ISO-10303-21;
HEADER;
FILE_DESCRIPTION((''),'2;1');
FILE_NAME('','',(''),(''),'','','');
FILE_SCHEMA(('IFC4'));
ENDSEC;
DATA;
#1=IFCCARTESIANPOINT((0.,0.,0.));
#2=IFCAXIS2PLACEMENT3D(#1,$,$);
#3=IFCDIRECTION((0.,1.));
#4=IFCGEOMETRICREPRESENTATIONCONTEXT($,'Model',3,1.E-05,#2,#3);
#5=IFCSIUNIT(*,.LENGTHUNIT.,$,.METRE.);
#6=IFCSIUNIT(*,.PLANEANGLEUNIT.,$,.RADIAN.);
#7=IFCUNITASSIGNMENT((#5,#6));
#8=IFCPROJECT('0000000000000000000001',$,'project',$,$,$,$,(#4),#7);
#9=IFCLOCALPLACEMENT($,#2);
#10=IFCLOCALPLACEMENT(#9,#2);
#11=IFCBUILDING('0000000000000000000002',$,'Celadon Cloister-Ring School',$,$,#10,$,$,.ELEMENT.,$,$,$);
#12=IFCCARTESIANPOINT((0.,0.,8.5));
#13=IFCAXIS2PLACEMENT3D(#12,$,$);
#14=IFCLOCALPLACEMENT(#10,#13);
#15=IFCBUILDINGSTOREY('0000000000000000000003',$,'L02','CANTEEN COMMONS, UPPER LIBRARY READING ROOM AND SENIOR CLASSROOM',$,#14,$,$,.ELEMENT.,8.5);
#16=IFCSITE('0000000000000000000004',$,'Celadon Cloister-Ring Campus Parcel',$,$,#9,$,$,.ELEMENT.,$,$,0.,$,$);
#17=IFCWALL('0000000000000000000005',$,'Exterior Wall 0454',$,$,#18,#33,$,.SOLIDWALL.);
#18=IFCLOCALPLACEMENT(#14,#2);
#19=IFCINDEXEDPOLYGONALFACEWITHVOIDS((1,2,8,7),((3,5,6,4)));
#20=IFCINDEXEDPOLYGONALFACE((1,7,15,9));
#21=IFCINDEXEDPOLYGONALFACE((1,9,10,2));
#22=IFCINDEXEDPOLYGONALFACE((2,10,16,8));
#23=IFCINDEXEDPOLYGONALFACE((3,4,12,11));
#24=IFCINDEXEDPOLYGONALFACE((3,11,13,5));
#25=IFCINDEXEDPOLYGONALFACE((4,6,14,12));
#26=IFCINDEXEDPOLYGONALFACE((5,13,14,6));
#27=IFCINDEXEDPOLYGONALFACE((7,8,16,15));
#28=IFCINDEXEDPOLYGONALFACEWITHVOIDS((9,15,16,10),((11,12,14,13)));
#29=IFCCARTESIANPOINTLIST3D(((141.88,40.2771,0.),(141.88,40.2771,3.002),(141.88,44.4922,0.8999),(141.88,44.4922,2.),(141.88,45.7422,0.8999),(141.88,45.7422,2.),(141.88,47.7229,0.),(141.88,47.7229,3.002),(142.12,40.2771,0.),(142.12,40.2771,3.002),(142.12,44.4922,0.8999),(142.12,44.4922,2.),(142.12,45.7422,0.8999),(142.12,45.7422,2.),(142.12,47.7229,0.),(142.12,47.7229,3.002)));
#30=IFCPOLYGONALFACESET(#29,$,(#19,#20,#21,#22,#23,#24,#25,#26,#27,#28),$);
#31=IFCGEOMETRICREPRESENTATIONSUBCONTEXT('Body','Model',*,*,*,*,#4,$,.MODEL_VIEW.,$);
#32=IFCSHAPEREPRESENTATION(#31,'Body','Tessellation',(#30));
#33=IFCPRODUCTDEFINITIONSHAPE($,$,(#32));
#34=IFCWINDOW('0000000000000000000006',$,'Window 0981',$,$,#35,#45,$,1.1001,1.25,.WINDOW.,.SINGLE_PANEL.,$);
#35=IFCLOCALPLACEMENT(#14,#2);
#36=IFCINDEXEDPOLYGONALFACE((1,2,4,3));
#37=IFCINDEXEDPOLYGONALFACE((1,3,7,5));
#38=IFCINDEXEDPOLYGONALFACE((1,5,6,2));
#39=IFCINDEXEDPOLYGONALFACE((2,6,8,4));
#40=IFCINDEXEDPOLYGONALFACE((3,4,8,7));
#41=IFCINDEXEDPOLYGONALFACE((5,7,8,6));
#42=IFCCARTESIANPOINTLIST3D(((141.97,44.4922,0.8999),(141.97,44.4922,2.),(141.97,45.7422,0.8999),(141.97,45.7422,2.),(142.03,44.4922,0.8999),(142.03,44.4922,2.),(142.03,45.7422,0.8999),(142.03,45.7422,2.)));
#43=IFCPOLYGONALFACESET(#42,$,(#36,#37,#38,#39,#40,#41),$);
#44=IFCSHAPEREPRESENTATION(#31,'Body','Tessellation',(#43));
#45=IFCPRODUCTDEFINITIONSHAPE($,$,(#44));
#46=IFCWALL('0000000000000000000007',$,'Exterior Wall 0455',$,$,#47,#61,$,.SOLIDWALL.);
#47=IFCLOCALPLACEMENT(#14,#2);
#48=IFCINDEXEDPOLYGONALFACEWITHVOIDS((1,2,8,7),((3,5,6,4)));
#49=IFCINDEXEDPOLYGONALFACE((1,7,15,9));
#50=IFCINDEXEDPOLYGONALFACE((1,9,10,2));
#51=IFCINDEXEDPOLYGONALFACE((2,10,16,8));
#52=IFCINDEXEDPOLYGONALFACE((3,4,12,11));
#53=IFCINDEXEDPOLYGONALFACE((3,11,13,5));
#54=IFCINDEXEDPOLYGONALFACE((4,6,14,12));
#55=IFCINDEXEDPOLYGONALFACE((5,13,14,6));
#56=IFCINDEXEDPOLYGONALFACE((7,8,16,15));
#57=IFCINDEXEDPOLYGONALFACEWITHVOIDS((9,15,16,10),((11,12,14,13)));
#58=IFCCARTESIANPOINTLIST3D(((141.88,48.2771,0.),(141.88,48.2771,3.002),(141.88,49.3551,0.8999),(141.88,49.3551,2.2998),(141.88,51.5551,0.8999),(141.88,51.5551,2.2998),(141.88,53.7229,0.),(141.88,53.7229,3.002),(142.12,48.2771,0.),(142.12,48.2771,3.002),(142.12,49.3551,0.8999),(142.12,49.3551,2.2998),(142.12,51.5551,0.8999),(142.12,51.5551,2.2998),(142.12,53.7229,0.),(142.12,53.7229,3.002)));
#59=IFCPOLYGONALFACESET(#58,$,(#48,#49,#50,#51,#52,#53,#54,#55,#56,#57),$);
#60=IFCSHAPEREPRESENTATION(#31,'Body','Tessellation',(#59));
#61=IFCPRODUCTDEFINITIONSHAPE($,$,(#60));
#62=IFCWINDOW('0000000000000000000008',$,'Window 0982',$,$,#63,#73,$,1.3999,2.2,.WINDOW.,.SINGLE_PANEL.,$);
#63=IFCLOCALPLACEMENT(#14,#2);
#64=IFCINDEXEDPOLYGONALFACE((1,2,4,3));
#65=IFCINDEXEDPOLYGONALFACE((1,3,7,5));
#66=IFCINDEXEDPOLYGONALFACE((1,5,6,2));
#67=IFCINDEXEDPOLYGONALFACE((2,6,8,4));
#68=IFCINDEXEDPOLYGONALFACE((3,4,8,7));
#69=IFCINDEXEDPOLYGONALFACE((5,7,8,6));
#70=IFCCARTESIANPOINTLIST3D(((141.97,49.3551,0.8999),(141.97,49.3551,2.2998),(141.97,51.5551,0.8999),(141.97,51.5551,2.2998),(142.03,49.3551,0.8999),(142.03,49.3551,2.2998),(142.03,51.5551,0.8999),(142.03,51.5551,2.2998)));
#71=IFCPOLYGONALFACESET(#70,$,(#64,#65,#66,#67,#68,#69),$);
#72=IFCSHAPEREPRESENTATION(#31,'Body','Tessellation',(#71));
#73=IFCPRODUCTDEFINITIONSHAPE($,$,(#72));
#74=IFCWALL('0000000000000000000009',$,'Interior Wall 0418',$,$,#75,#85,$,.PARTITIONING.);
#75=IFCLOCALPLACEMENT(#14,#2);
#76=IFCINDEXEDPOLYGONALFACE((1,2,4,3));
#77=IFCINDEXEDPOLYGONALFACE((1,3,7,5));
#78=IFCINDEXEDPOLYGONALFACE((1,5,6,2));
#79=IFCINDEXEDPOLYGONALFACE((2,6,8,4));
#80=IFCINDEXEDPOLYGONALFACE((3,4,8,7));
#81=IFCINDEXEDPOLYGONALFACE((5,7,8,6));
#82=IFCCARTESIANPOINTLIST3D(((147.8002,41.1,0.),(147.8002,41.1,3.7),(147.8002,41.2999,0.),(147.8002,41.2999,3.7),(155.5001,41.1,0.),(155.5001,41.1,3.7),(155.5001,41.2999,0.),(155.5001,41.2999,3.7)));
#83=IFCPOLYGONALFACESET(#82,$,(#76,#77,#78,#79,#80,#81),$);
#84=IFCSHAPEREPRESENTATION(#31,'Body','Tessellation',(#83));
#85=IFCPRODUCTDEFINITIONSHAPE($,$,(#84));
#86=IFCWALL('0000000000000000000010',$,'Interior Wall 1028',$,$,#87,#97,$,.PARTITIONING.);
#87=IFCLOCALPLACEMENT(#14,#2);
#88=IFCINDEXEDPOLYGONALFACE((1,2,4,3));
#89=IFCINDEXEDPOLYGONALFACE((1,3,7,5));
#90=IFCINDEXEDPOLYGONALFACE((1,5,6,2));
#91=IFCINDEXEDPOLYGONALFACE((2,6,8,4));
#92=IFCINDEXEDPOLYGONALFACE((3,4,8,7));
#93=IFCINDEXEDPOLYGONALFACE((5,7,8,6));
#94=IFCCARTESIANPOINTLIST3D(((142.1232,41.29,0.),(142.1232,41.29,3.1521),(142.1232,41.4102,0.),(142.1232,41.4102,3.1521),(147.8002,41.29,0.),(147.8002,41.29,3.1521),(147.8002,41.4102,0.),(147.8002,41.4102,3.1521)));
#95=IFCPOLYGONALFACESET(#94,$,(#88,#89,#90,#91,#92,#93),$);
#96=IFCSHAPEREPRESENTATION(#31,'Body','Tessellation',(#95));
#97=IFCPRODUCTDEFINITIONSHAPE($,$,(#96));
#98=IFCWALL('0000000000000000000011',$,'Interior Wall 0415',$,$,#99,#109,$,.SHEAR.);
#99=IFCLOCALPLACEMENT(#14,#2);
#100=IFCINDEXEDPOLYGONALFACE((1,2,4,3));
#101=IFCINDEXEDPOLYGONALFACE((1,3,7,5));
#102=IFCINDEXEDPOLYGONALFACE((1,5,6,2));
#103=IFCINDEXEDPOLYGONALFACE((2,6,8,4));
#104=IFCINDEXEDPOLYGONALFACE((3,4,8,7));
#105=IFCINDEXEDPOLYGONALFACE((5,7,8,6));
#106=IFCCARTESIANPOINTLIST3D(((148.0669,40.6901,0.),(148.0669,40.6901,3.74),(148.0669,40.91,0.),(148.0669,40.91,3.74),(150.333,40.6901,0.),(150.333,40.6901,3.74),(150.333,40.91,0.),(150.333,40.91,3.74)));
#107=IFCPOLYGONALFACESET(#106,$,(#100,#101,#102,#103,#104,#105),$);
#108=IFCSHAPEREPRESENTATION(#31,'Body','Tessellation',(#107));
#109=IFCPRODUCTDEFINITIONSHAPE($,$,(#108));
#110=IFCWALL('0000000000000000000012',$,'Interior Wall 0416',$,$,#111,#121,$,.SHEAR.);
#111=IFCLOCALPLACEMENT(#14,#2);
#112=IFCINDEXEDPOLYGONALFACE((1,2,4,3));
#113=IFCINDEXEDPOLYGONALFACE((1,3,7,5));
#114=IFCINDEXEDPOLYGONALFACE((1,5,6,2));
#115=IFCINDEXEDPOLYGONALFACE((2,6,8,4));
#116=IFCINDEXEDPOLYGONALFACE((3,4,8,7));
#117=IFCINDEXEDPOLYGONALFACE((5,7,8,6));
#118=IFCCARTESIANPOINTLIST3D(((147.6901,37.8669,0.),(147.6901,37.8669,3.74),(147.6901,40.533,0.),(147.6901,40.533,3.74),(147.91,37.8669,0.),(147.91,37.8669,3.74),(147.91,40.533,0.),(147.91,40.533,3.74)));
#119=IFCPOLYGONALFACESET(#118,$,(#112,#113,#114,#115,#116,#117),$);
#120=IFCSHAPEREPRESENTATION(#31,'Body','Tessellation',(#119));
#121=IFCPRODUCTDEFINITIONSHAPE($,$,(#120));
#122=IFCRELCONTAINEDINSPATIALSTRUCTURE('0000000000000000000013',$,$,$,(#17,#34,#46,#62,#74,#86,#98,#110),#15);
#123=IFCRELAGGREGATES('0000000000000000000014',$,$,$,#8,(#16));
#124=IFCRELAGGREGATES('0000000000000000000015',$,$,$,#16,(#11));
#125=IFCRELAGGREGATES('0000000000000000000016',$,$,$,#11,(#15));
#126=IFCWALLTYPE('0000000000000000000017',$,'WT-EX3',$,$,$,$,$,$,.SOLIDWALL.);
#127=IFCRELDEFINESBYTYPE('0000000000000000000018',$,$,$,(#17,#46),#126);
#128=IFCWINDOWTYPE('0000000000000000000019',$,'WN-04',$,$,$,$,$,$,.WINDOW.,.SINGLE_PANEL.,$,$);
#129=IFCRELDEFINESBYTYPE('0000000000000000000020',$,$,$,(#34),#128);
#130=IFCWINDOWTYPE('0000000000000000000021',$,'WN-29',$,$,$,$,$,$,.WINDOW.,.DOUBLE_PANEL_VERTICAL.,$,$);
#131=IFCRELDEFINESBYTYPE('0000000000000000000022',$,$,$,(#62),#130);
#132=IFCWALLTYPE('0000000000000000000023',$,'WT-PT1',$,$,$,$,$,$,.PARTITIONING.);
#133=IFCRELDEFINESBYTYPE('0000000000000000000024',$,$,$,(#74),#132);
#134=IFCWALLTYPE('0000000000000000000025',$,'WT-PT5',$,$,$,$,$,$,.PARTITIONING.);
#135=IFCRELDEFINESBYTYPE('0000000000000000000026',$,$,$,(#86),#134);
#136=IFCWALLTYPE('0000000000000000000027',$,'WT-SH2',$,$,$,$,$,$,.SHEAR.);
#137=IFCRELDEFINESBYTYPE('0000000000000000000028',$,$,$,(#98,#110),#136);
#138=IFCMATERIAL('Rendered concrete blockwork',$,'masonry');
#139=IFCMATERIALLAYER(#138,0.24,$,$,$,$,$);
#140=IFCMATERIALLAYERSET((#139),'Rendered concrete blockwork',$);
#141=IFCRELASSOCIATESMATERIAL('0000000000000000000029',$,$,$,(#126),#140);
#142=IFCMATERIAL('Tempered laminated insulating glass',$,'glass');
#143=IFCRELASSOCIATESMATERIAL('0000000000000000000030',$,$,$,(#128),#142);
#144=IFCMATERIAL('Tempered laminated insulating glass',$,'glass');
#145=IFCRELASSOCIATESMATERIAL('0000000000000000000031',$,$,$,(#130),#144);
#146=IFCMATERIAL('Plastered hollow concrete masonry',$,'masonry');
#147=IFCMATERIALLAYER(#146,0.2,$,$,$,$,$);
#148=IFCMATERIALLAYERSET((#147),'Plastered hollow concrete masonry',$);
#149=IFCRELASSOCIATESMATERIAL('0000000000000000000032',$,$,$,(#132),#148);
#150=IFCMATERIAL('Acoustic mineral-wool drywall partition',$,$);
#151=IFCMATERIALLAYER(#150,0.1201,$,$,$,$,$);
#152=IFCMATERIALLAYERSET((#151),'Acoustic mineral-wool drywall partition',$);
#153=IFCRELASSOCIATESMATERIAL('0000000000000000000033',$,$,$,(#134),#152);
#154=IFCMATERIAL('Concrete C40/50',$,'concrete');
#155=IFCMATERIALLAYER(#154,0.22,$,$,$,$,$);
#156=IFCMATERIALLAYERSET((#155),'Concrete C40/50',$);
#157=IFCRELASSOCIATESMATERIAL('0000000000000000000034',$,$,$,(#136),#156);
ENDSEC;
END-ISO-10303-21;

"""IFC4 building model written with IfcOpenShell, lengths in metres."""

from ifc_helpers import new_model, si_unit, direction, frame, frame_2d, origin, place, context, subcontext, project, spatial, rectangle, extrude, material, layer, layer_set, type_object, element, fill, save


model = new_model("IFC4")

# Units and contexts
model_context = context("Model", 3, precision=1e-05, world=origin(), true_north=direction((0.0, 1.0)))
body_context = subcontext(model_context, "Body", "Model", "MODEL_VIEW")
ifc_project = project(units=[si_unit("LENGTHUNIT", "METRE"), si_unit("PLANEANGLEUNIT", "RADIAN")], contexts=[model_context])

# Site, building, storey
site_placement = place(None, origin())
site = spatial("IfcSite", under=ifc_project, at=site_placement, Name="Celadon Cloister-Ring Campus Parcel", CompositionType="ELEMENT", RefElevation=0.0)
building_placement = place(site_placement, origin())
building = spatial("IfcBuilding", under=site, at=building_placement, Name="Celadon Cloister-Ring School", CompositionType="ELEMENT")
storey_placement = place(building_placement, frame((0.0, 0.0, 8.5)))
storey = spatial("IfcBuildingStorey", under=building, at=storey_placement, Name="L02", Description="CANTEEN COMMONS, UPPER LIBRARY READING ROOM AND SENIOR CLASSROOM", CompositionType="ELEMENT", Elevation=8.5)

# Walls, openings, windows
ifc_material_1 = material(Name="Rendered concrete blockwork", Category="masonry")
ifc_layer_1 = layer(ifc_material_1, 0.24)
ifc_layer_set_1 = layer_set([ifc_layer_1], Name="Rendered concrete blockwork")
wall_type_1 = type_object("IfcWallType", Name="WT-EX3", PredefinedType="SOLIDWALL", material=ifc_layer_set_1)
wall_1_placement = place(storey_placement, frame((142.0, 40.2771, 0.0), z_axis=(0.0, 0.0, 1.0), x_axis=(0.0, 1.0, 0.0)))
wall_1 = element("IfcWall", 1, at=wall_1_placement, inside=storey, type_object=wall_type_1, Name="Exterior Wall 0454", PredefinedType="SOLIDWALL", context=body_context, shape_type="SweptSolid", body=[
    extrude(rectangle(XDim=7.4458, YDim=0.24, at=frame_2d((3.7229, 0.0))), origin(), (0.0, 0.0, 1.0), 3.002),
])
opening_1_placement = place(wall_1_placement, frame((4.2151, 0.0, 0.8999)))
opening_1 = element("IfcOpeningElement", 2, at=opening_1_placement, cuts=wall_1, PredefinedType="OPENING", context=body_context, shape_type="SweptSolid", body=[
    extrude(rectangle(XDim=1.25, YDim=1.1001, at=frame_2d((0.625, 0.55))), frame((0.0, 0.1299, 0.0), z_axis=(0.0, -1.0, 0.0), x_axis=(1.0, 0.0, 0.0)), (0.0, 0.0, 1.0), 0.26),
])
ifc_material_2 = material(Name="Tempered laminated insulating glass", Category="glass")
window_type_1 = type_object("IfcWindowType", Name="WN-04", PartitioningType="SINGLE_PANEL", PredefinedType="WINDOW", material=ifc_material_2)
window_1_placement = place(opening_1_placement, origin())
window_1 = element("IfcWindow", 3, at=window_1_placement, inside=storey, type_object=window_type_1, Name="Window 0981", OverallHeight=1.1001, OverallWidth=1.25, PartitioningType="SINGLE_PANEL", PredefinedType="WINDOW", context=body_context, shape_type="SweptSolid", body=[
    extrude(rectangle(XDim=1.25, YDim=1.1001, at=frame_2d((0.625, 0.55))), frame((0.0, 0.03, 0.0), z_axis=(0.0, -1.0, 0.0), x_axis=(1.0, 0.0, 0.0)), (0.0, 0.0, 1.0), 0.0601),
])
fill(opening_1, window_1)
wall_2_placement = place(storey_placement, frame((142.0, 48.2771, 0.0), z_axis=(0.0, 0.0, 1.0), x_axis=(0.0, 1.0, 0.0)))
wall_2 = element("IfcWall", 4, at=wall_2_placement, inside=storey, type_object=wall_type_1, Name="Exterior Wall 0455", PredefinedType="SOLIDWALL", context=body_context, shape_type="SweptSolid", body=[
    extrude(rectangle(XDim=5.4458, YDim=0.24, at=frame_2d((2.7229, 0.0))), origin(), (0.0, 0.0, 1.0), 3.002),
])
opening_2_placement = place(wall_2_placement, frame((1.0779, 0.0, 0.8999)))
opening_2 = element("IfcOpeningElement", 5, at=opening_2_placement, cuts=wall_2, PredefinedType="OPENING", context=body_context, shape_type="SweptSolid", body=[
    extrude(rectangle(XDim=2.2, YDim=1.3999, at=frame_2d((1.1001, 0.7))), frame((0.0, 0.1299, 0.0), z_axis=(0.0, -1.0, 0.0), x_axis=(1.0, 0.0, 0.0)), (0.0, 0.0, 1.0), 0.26),
])
ifc_material_3 = material(Name="Tempered laminated insulating glass", Category="glass")
window_type_2 = type_object("IfcWindowType", Name="WN-29", PartitioningType="DOUBLE_PANEL_VERTICAL", PredefinedType="WINDOW", material=ifc_material_3)
window_2_placement = place(opening_2_placement, origin())
window_2 = element("IfcWindow", 6, at=window_2_placement, inside=storey, type_object=window_type_2, Name="Window 0982", OverallHeight=1.3999, OverallWidth=2.2, PartitioningType="SINGLE_PANEL", PredefinedType="WINDOW", context=body_context, shape_type="SweptSolid", body=[
    extrude(rectangle(XDim=2.2, YDim=1.3999, at=frame_2d((1.1001, 0.7))), frame((0.0, 0.03, 0.0), z_axis=(0.0, -1.0, 0.0), x_axis=(1.0, 0.0, 0.0)), (0.0, 0.0, 1.0), 0.0601),
])
fill(opening_2, window_2)

# Walls
ifc_material_4 = material(Name="Plastered hollow concrete masonry", Category="masonry")
ifc_layer_2 = layer(ifc_material_4, 0.2)
ifc_layer_set_2 = layer_set([ifc_layer_2], Name="Plastered hollow concrete masonry")
wall_type_2 = type_object("IfcWallType", Name="WT-PT1", PredefinedType="PARTITIONING", material=ifc_layer_set_2)
wall_3_placement = place(storey_placement, frame((147.8, 41.2, 0.0), z_axis=(0.0, 0.0, 1.0), x_axis=(1.0, 0.0, 0.0)))
element("IfcWall", 7, at=wall_3_placement, inside=storey, type_object=wall_type_2, Name="Interior Wall 0418", PredefinedType="PARTITIONING", context=body_context, shape_type="SweptSolid", body=[
    extrude(rectangle(XDim=7.7, YDim=0.2, at=frame_2d((3.8501, 0.0))), origin(), (0.0, 0.0, 1.0), 3.7),
])
ifc_material_5 = material(Name="Acoustic mineral-wool drywall partition")
ifc_layer_3 = layer(ifc_material_5, 0.1201)
ifc_layer_set_3 = layer_set([ifc_layer_3], Name="Acoustic mineral-wool drywall partition")
wall_type_3 = type_object("IfcWallType", Name="WT-PT5", PredefinedType="PARTITIONING", material=ifc_layer_set_3)
wall_4_placement = place(storey_placement, frame((147.8, 41.3501, 0.0), z_axis=(0.0, 0.0, 1.0), x_axis=(-1.0, 0.0, 0.0)))
element("IfcWall", 8, at=wall_4_placement, inside=storey, type_object=wall_type_3, Name="Interior Wall 1028", PredefinedType="PARTITIONING", context=body_context, shape_type="SweptSolid", body=[
    extrude(rectangle(XDim=5.677, YDim=0.1201, at=frame_2d((2.8384, 0.0))), origin(), (0.0, 0.0, 1.0), 3.1521),
])

# Shared definitions
ifc_material_6 = material(Name="Concrete C40/50", Category="concrete")
ifc_layer_4 = layer(ifc_material_6, 0.22)
ifc_layer_set_4 = layer_set([ifc_layer_4], Name="Concrete C40/50")
wall_type_4 = type_object("IfcWallType", Name="WT-SH2", PredefinedType="SHEAR", material=ifc_layer_set_4)

# Walls
wall_5_placement = place(storey_placement, frame((150.333, 40.8, 0.0), z_axis=(0.0, 0.0, 1.0), x_axis=(-1.0, 0.0, 0.0)))
element("IfcWall", 9, at=wall_5_placement, inside=storey, type_object=wall_type_4, Name="Interior Wall 0415", PredefinedType="SHEAR", context=body_context, shape_type="SweptSolid", body=[
    extrude(rectangle(XDim=2.2661, YDim=0.22, at=frame_2d((1.1331, 0.0))), origin(), (0.0, 0.0, 1.0), 3.74),
])
wall_6_placement = place(storey_placement, frame((147.8, 40.533, 0.0), z_axis=(0.0, 0.0, 1.0), x_axis=(0.0, -1.0, 0.0)))
element("IfcWall", 10, at=wall_6_placement, inside=storey, type_object=wall_type_4, Name="Interior Wall 0416", PredefinedType="SHEAR", context=body_context, shape_type="SweptSolid", body=[
    extrude(rectangle(XDim=2.666, YDim=0.22, at=frame_2d((1.333, 0.0))), origin(), (0.0, 0.0, 1.0), 3.74),
])

save(model, "model.ifc")
